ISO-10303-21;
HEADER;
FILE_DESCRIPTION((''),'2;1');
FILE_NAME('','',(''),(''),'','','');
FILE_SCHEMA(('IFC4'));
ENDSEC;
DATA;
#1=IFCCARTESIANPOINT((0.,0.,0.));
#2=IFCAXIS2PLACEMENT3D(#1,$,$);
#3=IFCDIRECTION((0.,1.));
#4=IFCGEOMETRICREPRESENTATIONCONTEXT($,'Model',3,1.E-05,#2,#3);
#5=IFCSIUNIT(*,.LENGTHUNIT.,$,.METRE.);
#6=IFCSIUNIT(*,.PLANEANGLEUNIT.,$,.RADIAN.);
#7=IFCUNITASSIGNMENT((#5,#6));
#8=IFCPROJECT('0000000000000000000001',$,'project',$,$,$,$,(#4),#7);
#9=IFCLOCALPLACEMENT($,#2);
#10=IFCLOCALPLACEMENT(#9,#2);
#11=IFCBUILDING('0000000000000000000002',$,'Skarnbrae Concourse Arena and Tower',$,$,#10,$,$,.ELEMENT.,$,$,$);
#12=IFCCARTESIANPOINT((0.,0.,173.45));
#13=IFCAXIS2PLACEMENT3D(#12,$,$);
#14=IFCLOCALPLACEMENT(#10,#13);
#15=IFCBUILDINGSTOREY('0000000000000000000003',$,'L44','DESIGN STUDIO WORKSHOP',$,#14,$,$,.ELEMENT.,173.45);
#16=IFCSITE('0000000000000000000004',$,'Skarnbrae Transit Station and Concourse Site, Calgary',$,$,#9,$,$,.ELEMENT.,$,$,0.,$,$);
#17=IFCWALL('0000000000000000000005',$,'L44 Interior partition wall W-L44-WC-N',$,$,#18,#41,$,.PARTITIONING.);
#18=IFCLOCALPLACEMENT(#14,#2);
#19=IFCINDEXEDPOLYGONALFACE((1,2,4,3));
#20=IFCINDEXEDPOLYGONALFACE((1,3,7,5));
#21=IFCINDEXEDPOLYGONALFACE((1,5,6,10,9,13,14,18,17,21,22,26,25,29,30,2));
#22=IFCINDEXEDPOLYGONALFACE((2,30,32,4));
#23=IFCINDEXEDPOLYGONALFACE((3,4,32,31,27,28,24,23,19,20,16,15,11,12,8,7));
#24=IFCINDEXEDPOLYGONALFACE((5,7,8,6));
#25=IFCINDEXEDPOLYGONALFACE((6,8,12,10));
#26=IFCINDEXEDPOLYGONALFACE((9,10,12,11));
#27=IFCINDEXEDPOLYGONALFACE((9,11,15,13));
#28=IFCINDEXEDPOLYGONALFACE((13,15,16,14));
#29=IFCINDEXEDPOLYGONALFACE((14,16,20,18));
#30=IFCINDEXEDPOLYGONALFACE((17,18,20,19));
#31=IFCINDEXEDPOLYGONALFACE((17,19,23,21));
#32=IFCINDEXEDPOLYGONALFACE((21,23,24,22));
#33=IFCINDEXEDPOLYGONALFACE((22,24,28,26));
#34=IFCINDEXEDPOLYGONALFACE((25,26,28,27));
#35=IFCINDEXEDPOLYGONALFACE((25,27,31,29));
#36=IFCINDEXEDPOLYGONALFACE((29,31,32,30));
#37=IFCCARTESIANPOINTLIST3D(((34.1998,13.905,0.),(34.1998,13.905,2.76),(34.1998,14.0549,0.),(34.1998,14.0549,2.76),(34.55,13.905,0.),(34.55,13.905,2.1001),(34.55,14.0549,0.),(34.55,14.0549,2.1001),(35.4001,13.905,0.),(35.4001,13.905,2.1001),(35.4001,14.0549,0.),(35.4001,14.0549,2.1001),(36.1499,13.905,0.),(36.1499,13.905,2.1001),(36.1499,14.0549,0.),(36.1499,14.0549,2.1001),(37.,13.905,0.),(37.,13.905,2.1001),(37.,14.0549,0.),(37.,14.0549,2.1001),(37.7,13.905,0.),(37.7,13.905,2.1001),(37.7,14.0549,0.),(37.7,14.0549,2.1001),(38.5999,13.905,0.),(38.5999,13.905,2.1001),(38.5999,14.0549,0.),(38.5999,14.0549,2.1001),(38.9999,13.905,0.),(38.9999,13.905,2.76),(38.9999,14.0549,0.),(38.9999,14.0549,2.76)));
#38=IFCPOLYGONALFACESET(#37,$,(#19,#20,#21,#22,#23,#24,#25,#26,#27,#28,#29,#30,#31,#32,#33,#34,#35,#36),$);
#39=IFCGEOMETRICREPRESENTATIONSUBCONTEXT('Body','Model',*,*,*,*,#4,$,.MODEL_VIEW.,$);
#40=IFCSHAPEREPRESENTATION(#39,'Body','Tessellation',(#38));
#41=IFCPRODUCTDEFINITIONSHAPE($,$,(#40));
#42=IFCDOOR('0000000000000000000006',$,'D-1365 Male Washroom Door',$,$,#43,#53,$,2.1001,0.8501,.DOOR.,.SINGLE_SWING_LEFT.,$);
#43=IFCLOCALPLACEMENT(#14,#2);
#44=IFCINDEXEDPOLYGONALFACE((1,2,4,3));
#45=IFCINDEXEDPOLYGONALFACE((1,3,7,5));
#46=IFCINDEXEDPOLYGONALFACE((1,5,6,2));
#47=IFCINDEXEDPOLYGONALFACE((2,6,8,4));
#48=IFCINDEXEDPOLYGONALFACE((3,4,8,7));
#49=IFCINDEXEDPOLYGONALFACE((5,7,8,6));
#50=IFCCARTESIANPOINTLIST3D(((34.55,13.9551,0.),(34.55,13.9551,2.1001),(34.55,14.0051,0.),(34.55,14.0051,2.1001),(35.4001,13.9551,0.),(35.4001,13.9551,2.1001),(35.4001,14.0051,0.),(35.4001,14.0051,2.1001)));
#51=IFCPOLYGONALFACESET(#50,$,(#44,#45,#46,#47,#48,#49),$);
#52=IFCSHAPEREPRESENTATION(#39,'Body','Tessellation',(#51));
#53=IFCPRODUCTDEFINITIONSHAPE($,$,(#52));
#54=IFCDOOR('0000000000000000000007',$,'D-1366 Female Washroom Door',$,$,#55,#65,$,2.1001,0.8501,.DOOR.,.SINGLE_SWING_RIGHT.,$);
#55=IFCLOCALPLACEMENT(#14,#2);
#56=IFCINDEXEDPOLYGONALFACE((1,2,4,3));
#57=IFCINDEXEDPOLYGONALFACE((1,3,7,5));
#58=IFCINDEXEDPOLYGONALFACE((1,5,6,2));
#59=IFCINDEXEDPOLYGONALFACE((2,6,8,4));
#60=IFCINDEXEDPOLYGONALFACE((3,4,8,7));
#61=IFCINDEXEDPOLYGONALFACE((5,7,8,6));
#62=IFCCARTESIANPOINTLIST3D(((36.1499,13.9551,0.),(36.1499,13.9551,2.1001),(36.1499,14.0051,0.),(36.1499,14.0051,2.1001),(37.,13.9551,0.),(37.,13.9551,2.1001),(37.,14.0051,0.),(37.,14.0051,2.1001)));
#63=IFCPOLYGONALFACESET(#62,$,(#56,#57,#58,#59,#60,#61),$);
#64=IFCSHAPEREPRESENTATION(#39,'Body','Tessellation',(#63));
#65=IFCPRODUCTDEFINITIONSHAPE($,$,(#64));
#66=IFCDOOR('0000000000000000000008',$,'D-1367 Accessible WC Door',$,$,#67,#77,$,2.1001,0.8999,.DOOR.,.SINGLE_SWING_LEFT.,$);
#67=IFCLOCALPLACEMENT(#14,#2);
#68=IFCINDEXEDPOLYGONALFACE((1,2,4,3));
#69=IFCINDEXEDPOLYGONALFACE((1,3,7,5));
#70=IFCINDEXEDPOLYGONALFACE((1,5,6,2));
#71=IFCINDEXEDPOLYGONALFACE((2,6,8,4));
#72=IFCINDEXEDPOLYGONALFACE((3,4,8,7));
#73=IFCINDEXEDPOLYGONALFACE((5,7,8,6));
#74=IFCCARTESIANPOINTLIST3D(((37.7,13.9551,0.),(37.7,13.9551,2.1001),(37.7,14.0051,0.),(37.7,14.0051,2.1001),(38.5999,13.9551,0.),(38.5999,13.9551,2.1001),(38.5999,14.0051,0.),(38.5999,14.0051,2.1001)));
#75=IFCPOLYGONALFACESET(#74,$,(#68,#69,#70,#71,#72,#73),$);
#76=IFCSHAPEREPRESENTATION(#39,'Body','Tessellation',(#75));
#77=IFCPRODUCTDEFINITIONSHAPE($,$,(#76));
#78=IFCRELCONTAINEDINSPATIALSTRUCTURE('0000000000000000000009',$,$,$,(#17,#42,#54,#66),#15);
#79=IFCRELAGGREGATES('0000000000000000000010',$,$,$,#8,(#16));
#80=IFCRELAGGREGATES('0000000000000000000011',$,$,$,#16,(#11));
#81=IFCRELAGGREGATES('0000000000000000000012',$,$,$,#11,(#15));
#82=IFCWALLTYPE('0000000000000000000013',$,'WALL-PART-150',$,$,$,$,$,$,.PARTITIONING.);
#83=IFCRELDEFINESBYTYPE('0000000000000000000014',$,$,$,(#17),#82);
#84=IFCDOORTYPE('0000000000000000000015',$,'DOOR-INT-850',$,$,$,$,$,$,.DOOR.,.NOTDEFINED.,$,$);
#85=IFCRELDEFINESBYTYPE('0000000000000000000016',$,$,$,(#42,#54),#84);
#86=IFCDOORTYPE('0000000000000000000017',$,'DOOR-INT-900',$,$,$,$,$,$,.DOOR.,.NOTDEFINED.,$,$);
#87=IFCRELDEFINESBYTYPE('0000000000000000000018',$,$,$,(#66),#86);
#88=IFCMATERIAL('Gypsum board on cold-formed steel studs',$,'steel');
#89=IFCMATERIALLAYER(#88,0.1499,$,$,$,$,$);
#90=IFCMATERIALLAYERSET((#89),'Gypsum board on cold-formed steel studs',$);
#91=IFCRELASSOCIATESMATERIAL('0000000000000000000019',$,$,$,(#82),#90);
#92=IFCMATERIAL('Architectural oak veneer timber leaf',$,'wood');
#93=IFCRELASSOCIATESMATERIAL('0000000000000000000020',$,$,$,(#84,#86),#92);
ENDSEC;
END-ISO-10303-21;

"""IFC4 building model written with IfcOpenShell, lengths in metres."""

from ifc_helpers import new_model, si_unit, direction, frame, frame_2d, origin, place, context, subcontext, project, spatial, rectangle, extrude, source, transform, mapped, material, layer, layer_set, type_object, element, fill, save


model = new_model("IFC4")

# Units and contexts
model_context = context("Model", 3, precision=1e-05, world=origin(), true_north=direction((0.0, 1.0)))
body_context = subcontext(model_context, "Body", "Model", "MODEL_VIEW")
ifc_project = project(units=[si_unit("LENGTHUNIT", "METRE"), si_unit("PLANEANGLEUNIT", "RADIAN")], contexts=[model_context])

# Site, building, storey
site_placement = place(None, origin())
site = spatial("IfcSite", under=ifc_project, at=site_placement, Name="Skarnbrae Transit Station and Concourse Site, Calgary", CompositionType="ELEMENT", RefElevation=0.0)
building_placement = place(site_placement, origin())
building = spatial("IfcBuilding", under=site, at=building_placement, Name="Skarnbrae Concourse Arena and Tower", CompositionType="ELEMENT")
storey_placement = place(building_placement, frame((0.0, 0.0, 173.45)))
storey = spatial("IfcBuildingStorey", under=building, at=storey_placement, Name="L44", Description="DESIGN STUDIO WORKSHOP", CompositionType="ELEMENT", Elevation=173.45)

# Shared definitions
ifc_material_1 = material(Name="Gypsum board on cold-formed steel studs", Category="steel")
ifc_layer_1 = layer(ifc_material_1, 0.1499)
ifc_layer_set_1 = layer_set([ifc_layer_1], Name="Gypsum board on cold-formed steel studs")
wall_type_1 = type_object("IfcWallType", Name="WALL-PART-150", PredefinedType="PARTITIONING", material=ifc_layer_set_1)

# Wall, openings, doors
shared_shape_1 = source(origin(), body_context, "Body", "SweptSolid", [
    extrude(rectangle(XDim=4.8, YDim=0.1499, at=frame_2d((2.3999, 0.0))), origin(), (0.0, 0.0, 1.0), 2.76),
])
wall_1_placement = place(storey_placement, frame((34.2, 13.98, 0.0), z_axis=(0.0, 0.0, 1.0), x_axis=(1.0, 0.0, 0.0)))
wall_1 = element("IfcWall", 1, at=wall_1_placement, inside=storey, type_object=wall_type_1, Name="L44 Interior partition wall W-L44-WC-N", PredefinedType="PARTITIONING", context=body_context, shape_type="MappedRepresentation", body=[
    mapped(shared_shape_1, transform((0.0, 0.0, 0.0))),
])
opening_1_placement = place(wall_1_placement, frame((0.3501, 0.0, 0.0)))
opening_1 = element("IfcOpeningElement", 2, at=opening_1_placement, cuts=wall_1, PredefinedType="OPENING", context=body_context, shape_type="SweptSolid", body=[
    extrude(rectangle(XDim=0.8501, YDim=2.1001, at=frame_2d((0.425, 1.05))), frame((0.0, 0.085, 0.0), z_axis=(0.0, -1.0, 0.0), x_axis=(1.0, 0.0, 0.0)), (0.0, 0.0, 1.0), 0.1699),
])
opening_2_placement = place(wall_1_placement, frame((1.95, 0.0, 0.0)))
opening_2 = element("IfcOpeningElement", 3, at=opening_2_placement, cuts=wall_1, PredefinedType="OPENING", context=body_context, shape_type="SweptSolid", body=[
    extrude(rectangle(XDim=0.8501, YDim=2.1001, at=frame_2d((0.425, 1.05))), frame((0.0, 0.085, 0.0), z_axis=(0.0, -1.0, 0.0), x_axis=(1.0, 0.0, 0.0)), (0.0, 0.0, 1.0), 0.1699),
])
opening_3_placement = place(wall_1_placement, frame((3.5, 0.0, 0.0)))
opening_3 = element("IfcOpeningElement", 4, at=opening_3_placement, cuts=wall_1, PredefinedType="OPENING", context=body_context, shape_type="SweptSolid", body=[
    extrude(rectangle(XDim=0.8999, YDim=2.1001, at=frame_2d((0.45, 1.05))), frame((0.0, 0.085, 0.0), z_axis=(0.0, -1.0, 0.0), x_axis=(1.0, 0.0, 0.0)), (0.0, 0.0, 1.0), 0.1699),
])
ifc_material_2 = material(Name="Architectural oak veneer timber leaf", Category="wood")
door_type_1 = type_object("IfcDoorType", Name="DOOR-INT-850", OperationType="NOTDEFINED", PredefinedType="DOOR", material=ifc_material_2)
shared_shape_2 = source(origin(), body_context, "Body", "SweptSolid", [
    extrude(rectangle(XDim=0.8501, YDim=2.1001, at=frame_2d((0.425, 1.05))), frame((0.0, 0.0249, 0.0), z_axis=(0.0, -1.0, 0.0), x_axis=(1.0, 0.0, 0.0)), (0.0, 0.0, 1.0), 0.05),
])
door_1_placement = place(opening_1_placement, frame((0.8501, 0.0, 0.0), z_axis=(0.0, 0.0, 1.0), x_axis=(-1.0, 0.0, 0.0)))
door_1 = element("IfcDoor", 5, at=door_1_placement, inside=storey, type_object=door_type_1, Name="D-1365 Male Washroom Door", OperationType="SINGLE_SWING_LEFT", OverallHeight=2.1001, OverallWidth=0.8501, PredefinedType="DOOR", context=body_context, shape_type="MappedRepresentation", body=[
    mapped(shared_shape_2, transform((0.0, 0.0, 0.0))),
])
fill(opening_1, door_1)
door_2_placement = place(opening_2_placement, frame((0.8501, 0.0, 0.0), z_axis=(0.0, 0.0, 1.0), x_axis=(-1.0, 0.0, 0.0)))
door_2 = element("IfcDoor", 6, at=door_2_placement, inside=storey, type_object=door_type_1, Name="D-1366 Female Washroom Door", OperationType="SINGLE_SWING_RIGHT", OverallHeight=2.1001, OverallWidth=0.8501, PredefinedType="DOOR", context=body_context, shape_type="MappedRepresentation", body=[
    mapped(shared_shape_2, transform((0.0, 0.0, 0.0))),
])
fill(opening_2, door_2)
door_type_2 = type_object("IfcDoorType", Name="DOOR-INT-900", OperationType="NOTDEFINED", PredefinedType="DOOR", material=ifc_material_2)
shared_shape_3 = source(origin(), body_context, "Body", "SweptSolid", [
    extrude(rectangle(XDim=0.8999, YDim=2.1001, at=frame_2d((0.45, 1.05))), frame((0.0, 0.0249, 0.0), z_axis=(0.0, -1.0, 0.0), x_axis=(1.0, 0.0, 0.0)), (0.0, 0.0, 1.0), 0.05),
])
door_3_placement = place(opening_3_placement, frame((0.8999, 0.0, 0.0), z_axis=(0.0, 0.0, 1.0), x_axis=(-1.0, 0.0, 0.0)))
door_3 = element("IfcDoor", 7, at=door_3_placement, inside=storey, type_object=door_type_2, Name="D-1367 Accessible WC Door", OperationType="SINGLE_SWING_LEFT", OverallHeight=2.1001, OverallWidth=0.8999, PredefinedType="DOOR", context=body_context, shape_type="MappedRepresentation", body=[
    mapped(shared_shape_3, transform((0.0, 0.0, 0.0))),
])
fill(opening_3, door_3)

save(model, "model.ifc")
